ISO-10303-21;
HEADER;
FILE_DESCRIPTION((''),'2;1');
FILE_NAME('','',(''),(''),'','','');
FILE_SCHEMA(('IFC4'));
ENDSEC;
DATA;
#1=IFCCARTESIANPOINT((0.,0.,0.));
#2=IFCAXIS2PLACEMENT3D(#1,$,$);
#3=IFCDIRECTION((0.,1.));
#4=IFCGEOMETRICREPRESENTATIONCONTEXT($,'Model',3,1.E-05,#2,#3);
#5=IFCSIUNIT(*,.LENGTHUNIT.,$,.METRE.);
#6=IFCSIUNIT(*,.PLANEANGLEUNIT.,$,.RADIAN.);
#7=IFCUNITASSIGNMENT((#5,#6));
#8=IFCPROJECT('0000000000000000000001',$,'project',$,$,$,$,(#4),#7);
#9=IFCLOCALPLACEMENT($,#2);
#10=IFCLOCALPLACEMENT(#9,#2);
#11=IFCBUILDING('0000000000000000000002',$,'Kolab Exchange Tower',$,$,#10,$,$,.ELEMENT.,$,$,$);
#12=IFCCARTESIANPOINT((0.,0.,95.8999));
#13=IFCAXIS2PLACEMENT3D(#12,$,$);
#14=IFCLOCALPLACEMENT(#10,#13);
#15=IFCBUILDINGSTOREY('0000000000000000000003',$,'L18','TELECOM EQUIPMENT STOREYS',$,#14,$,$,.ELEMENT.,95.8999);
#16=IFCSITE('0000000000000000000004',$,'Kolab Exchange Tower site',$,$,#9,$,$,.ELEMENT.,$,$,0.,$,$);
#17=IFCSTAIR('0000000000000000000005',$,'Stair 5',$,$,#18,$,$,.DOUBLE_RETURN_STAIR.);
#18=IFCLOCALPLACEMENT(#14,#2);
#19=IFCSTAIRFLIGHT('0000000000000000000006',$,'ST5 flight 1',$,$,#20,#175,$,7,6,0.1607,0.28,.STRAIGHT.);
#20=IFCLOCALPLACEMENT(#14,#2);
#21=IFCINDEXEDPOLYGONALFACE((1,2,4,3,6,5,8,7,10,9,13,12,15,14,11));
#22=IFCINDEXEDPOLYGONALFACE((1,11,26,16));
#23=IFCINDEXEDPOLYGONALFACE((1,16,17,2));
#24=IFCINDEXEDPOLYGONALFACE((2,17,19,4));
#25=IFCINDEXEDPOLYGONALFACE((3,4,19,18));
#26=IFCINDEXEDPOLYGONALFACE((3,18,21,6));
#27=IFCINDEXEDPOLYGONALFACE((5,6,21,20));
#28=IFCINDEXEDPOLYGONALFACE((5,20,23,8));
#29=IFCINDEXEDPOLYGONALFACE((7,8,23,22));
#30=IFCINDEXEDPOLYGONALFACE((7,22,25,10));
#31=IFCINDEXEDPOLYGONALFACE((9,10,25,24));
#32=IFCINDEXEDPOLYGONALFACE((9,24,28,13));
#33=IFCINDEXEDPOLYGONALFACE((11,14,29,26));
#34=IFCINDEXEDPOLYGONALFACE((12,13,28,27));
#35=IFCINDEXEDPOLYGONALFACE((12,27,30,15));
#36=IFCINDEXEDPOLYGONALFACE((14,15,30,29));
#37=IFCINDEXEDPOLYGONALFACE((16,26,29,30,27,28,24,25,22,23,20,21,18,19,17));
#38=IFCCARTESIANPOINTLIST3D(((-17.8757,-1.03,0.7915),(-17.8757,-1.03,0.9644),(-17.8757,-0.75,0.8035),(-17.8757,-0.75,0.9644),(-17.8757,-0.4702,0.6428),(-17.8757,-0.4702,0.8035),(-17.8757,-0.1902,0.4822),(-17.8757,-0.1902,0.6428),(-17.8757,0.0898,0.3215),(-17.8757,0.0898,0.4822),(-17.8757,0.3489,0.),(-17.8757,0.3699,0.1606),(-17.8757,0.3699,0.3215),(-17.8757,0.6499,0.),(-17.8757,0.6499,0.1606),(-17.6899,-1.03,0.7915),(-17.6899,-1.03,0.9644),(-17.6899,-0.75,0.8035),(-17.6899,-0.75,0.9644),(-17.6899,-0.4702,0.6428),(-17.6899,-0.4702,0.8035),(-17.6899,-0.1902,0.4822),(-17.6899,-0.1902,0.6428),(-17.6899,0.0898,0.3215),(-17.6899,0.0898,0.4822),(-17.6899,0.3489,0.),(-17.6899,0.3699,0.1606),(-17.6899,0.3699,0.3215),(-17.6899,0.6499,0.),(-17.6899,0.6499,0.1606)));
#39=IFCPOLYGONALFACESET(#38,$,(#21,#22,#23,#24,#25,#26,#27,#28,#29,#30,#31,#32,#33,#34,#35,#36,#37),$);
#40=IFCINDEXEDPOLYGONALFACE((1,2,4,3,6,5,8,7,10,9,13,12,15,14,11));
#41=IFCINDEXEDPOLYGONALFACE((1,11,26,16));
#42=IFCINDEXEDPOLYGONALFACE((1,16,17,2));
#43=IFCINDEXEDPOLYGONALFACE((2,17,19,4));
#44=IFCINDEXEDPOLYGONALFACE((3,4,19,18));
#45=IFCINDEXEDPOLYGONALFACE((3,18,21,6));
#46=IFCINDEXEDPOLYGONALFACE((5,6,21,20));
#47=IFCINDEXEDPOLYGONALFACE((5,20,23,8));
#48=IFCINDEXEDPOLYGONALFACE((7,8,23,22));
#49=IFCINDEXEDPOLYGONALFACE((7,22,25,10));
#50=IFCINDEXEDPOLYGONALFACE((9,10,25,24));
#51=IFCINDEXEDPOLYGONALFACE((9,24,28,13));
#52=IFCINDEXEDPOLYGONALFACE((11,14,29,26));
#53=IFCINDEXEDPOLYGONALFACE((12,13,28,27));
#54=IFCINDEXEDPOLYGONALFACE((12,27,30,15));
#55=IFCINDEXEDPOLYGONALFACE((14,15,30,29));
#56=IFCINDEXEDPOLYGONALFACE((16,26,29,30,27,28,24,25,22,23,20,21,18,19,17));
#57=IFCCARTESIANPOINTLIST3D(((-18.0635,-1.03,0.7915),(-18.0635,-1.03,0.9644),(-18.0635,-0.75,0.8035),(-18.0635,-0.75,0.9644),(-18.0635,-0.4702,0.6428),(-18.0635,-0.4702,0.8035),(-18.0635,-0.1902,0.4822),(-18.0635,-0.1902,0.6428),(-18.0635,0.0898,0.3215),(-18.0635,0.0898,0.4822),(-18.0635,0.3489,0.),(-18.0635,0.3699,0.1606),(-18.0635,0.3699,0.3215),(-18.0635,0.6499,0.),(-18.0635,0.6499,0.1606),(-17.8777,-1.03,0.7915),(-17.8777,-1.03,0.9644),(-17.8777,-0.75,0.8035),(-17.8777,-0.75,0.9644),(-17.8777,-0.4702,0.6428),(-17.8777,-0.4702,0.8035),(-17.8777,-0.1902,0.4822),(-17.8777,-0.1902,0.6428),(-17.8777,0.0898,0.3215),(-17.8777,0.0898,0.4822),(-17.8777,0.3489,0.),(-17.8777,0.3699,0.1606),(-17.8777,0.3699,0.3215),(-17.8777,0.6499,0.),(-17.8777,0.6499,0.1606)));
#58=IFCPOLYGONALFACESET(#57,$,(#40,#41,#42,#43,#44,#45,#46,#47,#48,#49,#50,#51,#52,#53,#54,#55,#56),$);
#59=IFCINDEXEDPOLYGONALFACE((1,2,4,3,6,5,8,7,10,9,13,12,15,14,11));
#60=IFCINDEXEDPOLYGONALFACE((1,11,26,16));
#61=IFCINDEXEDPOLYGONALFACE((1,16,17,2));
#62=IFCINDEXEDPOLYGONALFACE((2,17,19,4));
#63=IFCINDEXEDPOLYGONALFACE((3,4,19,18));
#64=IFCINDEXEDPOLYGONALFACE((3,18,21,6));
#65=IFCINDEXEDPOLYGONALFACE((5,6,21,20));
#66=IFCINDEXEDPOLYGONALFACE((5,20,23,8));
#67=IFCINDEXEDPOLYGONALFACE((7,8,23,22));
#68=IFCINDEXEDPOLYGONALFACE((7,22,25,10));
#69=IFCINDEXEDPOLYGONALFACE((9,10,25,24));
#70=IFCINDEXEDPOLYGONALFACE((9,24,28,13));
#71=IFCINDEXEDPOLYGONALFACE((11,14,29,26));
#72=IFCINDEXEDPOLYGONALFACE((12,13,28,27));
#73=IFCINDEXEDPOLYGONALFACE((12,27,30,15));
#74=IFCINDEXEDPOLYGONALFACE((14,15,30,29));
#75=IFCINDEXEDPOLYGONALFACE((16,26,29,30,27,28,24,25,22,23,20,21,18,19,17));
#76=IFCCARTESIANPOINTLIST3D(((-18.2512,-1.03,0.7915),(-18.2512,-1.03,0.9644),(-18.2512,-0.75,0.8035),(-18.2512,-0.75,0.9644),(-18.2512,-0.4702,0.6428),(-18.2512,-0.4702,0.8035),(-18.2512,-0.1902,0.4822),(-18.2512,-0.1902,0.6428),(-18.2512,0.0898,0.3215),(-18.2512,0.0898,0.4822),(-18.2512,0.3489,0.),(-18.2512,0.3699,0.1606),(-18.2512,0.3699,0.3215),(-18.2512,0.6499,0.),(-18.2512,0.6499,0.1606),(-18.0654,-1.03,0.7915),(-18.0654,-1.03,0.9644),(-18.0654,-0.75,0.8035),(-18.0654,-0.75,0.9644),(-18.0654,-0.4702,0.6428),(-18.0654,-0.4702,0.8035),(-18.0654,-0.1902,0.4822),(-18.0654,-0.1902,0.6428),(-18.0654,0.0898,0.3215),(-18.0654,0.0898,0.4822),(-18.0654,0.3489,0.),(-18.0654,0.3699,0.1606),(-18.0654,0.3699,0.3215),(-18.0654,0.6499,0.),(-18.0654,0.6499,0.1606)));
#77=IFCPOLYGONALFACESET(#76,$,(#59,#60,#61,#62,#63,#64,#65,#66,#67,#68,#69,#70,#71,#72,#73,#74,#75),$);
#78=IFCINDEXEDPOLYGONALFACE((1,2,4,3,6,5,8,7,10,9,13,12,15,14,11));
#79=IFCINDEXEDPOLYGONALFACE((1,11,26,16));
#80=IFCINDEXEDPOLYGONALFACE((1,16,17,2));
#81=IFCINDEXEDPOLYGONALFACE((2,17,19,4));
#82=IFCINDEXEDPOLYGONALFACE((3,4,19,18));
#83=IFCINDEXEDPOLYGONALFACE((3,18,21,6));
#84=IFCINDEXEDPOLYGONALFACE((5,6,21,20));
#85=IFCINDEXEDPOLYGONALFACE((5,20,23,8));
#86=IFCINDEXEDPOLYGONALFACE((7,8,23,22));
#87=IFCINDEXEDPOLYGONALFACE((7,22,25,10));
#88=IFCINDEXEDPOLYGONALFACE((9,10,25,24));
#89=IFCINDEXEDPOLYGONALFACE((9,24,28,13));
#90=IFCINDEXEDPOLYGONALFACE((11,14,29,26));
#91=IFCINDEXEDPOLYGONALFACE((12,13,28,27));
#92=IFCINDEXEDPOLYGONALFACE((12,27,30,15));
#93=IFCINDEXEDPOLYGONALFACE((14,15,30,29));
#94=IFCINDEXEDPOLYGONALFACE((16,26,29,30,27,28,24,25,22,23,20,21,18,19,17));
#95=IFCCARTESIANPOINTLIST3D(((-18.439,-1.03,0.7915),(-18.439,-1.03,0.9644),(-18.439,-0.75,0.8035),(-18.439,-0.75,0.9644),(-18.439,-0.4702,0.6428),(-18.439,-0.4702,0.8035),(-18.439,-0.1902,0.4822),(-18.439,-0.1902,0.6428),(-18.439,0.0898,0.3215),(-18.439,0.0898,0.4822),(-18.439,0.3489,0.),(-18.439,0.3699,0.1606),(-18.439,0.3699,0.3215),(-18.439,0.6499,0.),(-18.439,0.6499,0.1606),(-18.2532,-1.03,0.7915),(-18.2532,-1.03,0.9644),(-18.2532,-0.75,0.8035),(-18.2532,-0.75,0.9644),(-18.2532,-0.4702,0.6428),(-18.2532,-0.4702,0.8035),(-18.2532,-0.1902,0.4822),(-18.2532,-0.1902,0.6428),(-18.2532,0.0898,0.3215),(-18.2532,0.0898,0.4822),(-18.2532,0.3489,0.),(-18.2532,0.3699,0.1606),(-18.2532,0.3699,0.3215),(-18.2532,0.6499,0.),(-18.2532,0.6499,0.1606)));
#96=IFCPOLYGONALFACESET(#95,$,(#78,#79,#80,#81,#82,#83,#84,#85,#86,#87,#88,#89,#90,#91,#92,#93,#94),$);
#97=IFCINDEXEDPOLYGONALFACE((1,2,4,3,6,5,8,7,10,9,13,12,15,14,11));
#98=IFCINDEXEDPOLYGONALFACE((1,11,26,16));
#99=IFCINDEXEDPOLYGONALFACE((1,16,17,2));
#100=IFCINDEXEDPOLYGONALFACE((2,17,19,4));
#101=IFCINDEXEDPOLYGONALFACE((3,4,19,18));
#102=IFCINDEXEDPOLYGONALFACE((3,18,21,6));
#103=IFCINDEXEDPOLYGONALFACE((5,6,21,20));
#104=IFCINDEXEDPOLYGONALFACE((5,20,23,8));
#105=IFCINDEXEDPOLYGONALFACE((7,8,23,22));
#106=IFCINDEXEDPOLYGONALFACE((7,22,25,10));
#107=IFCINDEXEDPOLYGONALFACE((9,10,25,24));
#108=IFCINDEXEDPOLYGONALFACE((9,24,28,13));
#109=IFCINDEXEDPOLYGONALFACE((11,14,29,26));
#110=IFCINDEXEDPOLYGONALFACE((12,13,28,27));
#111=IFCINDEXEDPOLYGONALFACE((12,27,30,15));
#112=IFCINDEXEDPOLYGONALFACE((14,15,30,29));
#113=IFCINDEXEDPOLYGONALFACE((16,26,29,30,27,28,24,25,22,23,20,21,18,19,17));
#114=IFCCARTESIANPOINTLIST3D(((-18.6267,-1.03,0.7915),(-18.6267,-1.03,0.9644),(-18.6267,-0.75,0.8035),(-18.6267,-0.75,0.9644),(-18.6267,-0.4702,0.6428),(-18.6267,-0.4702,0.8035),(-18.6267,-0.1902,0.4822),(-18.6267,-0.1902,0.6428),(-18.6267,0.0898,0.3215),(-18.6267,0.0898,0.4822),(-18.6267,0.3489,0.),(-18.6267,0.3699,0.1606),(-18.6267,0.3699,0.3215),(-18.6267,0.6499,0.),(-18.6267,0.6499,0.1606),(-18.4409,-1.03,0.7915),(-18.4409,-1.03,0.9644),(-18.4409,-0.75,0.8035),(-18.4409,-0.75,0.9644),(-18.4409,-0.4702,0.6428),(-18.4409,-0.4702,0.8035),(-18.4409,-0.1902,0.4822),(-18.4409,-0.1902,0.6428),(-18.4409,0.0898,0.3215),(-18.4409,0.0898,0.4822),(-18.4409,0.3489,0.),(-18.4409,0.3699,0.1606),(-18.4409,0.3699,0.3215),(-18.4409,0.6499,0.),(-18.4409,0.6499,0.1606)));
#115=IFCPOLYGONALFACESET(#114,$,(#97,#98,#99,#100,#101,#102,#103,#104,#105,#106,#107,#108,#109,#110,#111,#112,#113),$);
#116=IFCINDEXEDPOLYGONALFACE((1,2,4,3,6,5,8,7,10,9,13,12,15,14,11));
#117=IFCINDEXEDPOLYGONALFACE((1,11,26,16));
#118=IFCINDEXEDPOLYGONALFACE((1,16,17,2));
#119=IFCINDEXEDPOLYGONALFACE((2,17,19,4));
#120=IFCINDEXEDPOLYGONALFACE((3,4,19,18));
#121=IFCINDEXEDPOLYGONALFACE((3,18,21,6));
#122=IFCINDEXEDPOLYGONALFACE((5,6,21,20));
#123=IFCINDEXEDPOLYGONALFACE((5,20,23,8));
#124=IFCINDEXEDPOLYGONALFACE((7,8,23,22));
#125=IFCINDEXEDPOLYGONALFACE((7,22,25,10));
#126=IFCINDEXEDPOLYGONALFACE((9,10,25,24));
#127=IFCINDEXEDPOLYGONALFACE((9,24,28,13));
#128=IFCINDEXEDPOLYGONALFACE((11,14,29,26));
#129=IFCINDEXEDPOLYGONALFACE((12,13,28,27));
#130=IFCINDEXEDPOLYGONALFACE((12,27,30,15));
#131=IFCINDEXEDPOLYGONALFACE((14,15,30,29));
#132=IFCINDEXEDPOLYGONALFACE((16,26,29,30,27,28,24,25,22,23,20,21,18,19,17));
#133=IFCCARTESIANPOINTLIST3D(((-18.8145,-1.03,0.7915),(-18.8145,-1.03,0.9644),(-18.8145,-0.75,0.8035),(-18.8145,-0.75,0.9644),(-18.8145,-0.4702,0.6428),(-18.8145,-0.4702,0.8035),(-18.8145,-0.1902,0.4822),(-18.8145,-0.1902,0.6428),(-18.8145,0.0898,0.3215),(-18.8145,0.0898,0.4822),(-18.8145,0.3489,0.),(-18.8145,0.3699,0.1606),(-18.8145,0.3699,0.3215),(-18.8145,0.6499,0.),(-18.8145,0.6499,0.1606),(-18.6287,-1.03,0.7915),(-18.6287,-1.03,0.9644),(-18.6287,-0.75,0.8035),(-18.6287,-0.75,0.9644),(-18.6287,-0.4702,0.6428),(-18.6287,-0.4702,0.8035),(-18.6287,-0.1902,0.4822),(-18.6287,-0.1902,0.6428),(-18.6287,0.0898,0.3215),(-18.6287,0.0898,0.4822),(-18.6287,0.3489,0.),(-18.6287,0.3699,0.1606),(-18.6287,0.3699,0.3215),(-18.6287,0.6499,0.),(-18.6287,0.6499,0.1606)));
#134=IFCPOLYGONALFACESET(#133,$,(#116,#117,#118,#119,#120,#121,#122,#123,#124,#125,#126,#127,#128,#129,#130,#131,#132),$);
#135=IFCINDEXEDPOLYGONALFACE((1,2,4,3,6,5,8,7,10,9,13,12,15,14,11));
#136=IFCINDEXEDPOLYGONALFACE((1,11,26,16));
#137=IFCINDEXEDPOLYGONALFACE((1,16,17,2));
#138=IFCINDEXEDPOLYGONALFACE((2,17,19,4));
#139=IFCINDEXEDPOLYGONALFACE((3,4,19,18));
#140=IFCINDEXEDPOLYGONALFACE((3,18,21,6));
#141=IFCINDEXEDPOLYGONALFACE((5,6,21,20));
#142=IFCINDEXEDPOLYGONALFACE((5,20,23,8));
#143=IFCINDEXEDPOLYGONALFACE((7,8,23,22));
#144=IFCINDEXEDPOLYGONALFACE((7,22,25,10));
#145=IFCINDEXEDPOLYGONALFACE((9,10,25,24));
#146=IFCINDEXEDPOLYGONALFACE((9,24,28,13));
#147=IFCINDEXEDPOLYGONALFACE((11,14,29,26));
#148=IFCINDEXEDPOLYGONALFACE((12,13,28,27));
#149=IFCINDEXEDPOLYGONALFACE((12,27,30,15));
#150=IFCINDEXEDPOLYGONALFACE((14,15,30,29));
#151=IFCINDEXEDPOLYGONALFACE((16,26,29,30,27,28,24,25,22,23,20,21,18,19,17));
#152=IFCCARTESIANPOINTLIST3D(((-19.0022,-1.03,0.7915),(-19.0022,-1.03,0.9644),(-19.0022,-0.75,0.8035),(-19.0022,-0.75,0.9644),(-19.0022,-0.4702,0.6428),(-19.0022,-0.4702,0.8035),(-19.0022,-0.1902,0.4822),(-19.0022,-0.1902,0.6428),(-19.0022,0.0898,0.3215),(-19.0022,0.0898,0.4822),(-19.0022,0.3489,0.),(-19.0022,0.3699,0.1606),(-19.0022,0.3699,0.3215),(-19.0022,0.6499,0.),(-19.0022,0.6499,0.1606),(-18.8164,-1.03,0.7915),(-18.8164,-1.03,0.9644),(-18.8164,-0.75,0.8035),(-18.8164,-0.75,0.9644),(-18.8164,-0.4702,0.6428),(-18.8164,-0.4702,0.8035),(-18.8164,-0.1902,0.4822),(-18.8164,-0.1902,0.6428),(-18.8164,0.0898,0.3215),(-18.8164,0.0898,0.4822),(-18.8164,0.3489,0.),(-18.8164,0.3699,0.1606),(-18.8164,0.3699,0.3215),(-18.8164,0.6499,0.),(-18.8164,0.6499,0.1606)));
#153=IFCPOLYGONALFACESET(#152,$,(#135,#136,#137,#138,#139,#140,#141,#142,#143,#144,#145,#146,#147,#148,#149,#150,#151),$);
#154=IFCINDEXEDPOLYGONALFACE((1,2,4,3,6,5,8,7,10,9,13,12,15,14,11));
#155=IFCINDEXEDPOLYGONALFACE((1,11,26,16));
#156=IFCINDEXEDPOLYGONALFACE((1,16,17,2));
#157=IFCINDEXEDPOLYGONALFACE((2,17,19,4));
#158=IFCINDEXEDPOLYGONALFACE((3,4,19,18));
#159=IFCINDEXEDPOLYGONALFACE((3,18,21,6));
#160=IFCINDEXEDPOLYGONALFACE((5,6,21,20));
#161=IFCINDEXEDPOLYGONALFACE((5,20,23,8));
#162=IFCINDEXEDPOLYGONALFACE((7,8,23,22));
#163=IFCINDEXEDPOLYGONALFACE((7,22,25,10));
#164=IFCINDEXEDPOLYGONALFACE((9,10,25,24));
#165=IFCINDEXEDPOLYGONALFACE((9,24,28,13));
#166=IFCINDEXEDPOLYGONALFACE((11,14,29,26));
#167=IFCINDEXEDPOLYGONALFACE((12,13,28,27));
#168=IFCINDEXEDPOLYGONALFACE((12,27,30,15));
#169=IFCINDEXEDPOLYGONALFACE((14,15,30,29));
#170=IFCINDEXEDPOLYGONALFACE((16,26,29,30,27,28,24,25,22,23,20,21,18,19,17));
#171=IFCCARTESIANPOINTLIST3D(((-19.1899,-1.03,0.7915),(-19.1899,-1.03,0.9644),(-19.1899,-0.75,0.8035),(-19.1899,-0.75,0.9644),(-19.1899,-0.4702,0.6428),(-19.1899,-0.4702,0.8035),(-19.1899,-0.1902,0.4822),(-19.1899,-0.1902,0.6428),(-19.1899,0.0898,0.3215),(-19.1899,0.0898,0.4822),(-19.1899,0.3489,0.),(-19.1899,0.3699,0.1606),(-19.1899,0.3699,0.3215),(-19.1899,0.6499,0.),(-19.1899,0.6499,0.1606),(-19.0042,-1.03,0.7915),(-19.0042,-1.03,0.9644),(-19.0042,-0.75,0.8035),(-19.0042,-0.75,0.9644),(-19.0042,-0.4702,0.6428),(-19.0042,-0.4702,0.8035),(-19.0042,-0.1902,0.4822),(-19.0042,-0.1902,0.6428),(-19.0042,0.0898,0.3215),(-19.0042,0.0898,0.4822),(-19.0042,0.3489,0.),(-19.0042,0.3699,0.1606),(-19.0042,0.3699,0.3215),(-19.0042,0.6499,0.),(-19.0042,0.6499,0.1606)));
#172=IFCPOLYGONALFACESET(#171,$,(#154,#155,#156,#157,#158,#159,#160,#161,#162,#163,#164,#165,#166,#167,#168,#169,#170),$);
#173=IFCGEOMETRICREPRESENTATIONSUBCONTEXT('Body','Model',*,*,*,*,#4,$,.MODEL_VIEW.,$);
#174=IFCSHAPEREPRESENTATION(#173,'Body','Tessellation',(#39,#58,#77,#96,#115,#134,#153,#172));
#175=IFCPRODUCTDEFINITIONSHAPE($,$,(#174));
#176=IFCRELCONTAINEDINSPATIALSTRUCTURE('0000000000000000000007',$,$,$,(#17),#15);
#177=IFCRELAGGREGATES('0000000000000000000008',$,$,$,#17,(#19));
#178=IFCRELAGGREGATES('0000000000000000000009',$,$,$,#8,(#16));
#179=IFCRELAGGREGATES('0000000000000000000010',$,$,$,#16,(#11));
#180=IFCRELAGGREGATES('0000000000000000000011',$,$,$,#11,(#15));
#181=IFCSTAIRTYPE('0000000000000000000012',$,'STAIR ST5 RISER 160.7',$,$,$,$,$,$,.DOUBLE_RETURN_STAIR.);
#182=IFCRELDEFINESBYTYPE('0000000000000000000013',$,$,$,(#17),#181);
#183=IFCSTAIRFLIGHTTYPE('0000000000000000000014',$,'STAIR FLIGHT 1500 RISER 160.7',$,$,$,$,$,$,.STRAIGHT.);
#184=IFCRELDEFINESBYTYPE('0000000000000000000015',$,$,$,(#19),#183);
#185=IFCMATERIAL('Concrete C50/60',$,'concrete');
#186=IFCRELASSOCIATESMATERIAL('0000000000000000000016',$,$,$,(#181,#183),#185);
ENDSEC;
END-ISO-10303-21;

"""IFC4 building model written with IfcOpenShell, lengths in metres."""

from ifc_helpers import new_model, si_unit, direction, frame, origin, place, context, subcontext, project, spatial, polyline, outline, extrude, material, type_object, element, aggregate, save


model = new_model("IFC4")

# Units and contexts
model_context = context("Model", 3, precision=1e-05, world=origin(), true_north=direction((0.0, 1.0)))
body_context = subcontext(model_context, "Body", "Model", "MODEL_VIEW")
ifc_project = project(units=[si_unit("LENGTHUNIT", "METRE"), si_unit("PLANEANGLEUNIT", "RADIAN")], contexts=[model_context])

# Site, building, storey
site_placement = place(None, origin())
site = spatial("IfcSite", under=ifc_project, at=site_placement, Name="Kolab Exchange Tower site", CompositionType="ELEMENT", RefElevation=0.0)
building_placement = place(site_placement, origin())
building = spatial("IfcBuilding", under=site, at=building_placement, Name="Kolab Exchange Tower", CompositionType="ELEMENT")
storey_placement = place(building_placement, frame((0.0, 0.0, 95.8999)))
storey = spatial("IfcBuildingStorey", under=building, at=storey_placement, Name="L18", Description="TELECOM EQUIPMENT STOREYS", CompositionType="ELEMENT", Elevation=95.8999)

# Shared definitions
ifc_material_1 = material(Name="Concrete C50/60", Category="concrete")

# Stair, stair flight
stair_type = type_object("IfcStairType", Name="STAIR ST5 RISER 160.7", PredefinedType="DOUBLE_RETURN_STAIR", material=ifc_material_1)
stair_placement = place(storey_placement, origin())
stair = element("IfcStair", 1, at=stair_placement, inside=storey, type_object=stair_type, Name="Stair 5", PredefinedType="DOUBLE_RETURN_STAIR")
stair_flight_type = type_object("IfcStairFlightType", Name="STAIR FLIGHT 1500 RISER 160.7", PredefinedType="STRAIGHT", material=ifc_material_1)
stair_flight_1_placement = place(storey_placement, frame((-18.4399, 0.6499, 0.0), z_axis=(0.0, 0.0, 1.0), x_axis=(0.0, -1.0, 0.0)))
stair_flight_1 = element("IfcStairFlight", 2, at=stair_flight_1_placement, type_object=stair_flight_type, Name="ST5 flight 1", NumberOfRisers=7, NumberOfTreads=6, PredefinedType="STRAIGHT", RiserHeight=0.1607, TreadLength=0.28, context=body_context, shape_type="SweptSolid", body=[
    extrude(outline(polyline([(0.0, 0.0), (0.0, 0.1606), (0.28, 0.1606), (0.28, 0.3215), (0.5601, 0.3215), (0.5601, 0.4822), (0.8401, 0.4822), (0.8401, 0.6428), (1.1201, 0.6428), (1.1201, 0.8035), (1.3999, 0.8035), (1.3999, 0.9644), (1.6799, 0.9644), (1.6799, 1.125), (1.6799, 0.7915), (0.301, 0.0), (0.0, 0.0)])), frame((0.0, 0.75, 0.0), z_axis=(0.0, -1.0, 0.0), x_axis=(1.0, 0.0, 0.0)), (0.0, 0.0, 1.0), 0.1858),
    extrude(outline(polyline([(0.0, 0.0), (0.0, 0.1606), (0.28, 0.1606), (0.28, 0.3215), (0.5601, 0.3215), (0.5601, 0.4822), (0.8401, 0.4822), (0.8401, 0.6428), (1.1201, 0.6428), (1.1201, 0.8035), (1.3999, 0.8035), (1.3999, 0.9644), (1.6799, 0.9644), (1.6799, 1.125), (1.6799, 0.7915), (0.301, 0.0), (0.0, 0.0)])), frame((0.0, 0.5623, 0.0), z_axis=(0.0, -1.0, 0.0), x_axis=(1.0, 0.0, 0.0)), (0.0, 0.0, 1.0), 0.1858),
    extrude(outline(polyline([(0.0, 0.0), (0.0, 0.1606), (0.28, 0.1606), (0.28, 0.3215), (0.5601, 0.3215), (0.5601, 0.4822), (0.8401, 0.4822), (0.8401, 0.6428), (1.1201, 0.6428), (1.1201, 0.8035), (1.3999, 0.8035), (1.3999, 0.9644), (1.6799, 0.9644), (1.6799, 1.125), (1.6799, 0.7915), (0.301, 0.0), (0.0, 0.0)])), frame((0.0, 0.3745, 0.0), z_axis=(0.0, -1.0, 0.0), x_axis=(1.0, 0.0, 0.0)), (0.0, 0.0, 1.0), 0.1858),
    extrude(outline(polyline([(0.0, 0.0), (0.0, 0.1606), (0.28, 0.1606), (0.28, 0.3215), (0.5601, 0.3215), (0.5601, 0.4822), (0.8401, 0.4822), (0.8401, 0.6428), (1.1201, 0.6428), (1.1201, 0.8035), (1.3999, 0.8035), (1.3999, 0.9644), (1.6799, 0.9644), (1.6799, 1.125), (1.6799, 0.7915), (0.301, 0.0), (0.0, 0.0)])), frame((0.0, 0.1868, 0.0), z_axis=(0.0, -1.0, 0.0), x_axis=(1.0, 0.0, 0.0)), (0.0, 0.0, 1.0), 0.1858),
    extrude(outline(polyline([(0.0, 0.0), (0.0, 0.1606), (0.28, 0.1606), (0.28, 0.3215), (0.5601, 0.3215), (0.5601, 0.4822), (0.8401, 0.4822), (0.8401, 0.6428), (1.1201, 0.6428), (1.1201, 0.8035), (1.3999, 0.8035), (1.3999, 0.9644), (1.6799, 0.9644), (1.6799, 1.125), (1.6799, 0.7915), (0.301, 0.0), (0.0, 0.0)])), frame((0.0, -0.001, 0.0), z_axis=(0.0, -1.0, 0.0), x_axis=(1.0, 0.0, 0.0)), (0.0, 0.0, 1.0), 0.1858),
    extrude(outline(polyline([(0.0, 0.0), (0.0, 0.1606), (0.28, 0.1606), (0.28, 0.3215), (0.5601, 0.3215), (0.5601, 0.4822), (0.8401, 0.4822), (0.8401, 0.6428), (1.1201, 0.6428), (1.1201, 0.8035), (1.3999, 0.8035), (1.3999, 0.9644), (1.6799, 0.9644), (1.6799, 1.125), (1.6799, 0.7915), (0.301, 0.0), (0.0, 0.0)])), frame((0.0, -0.1887, 0.0), z_axis=(0.0, -1.0, 0.0), x_axis=(1.0, 0.0, 0.0)), (0.0, 0.0, 1.0), 0.1858),
    extrude(outline(polyline([(0.0, 0.0), (0.0, 0.1606), (0.28, 0.1606), (0.28, 0.3215), (0.5601, 0.3215), (0.5601, 0.4822), (0.8401, 0.4822), (0.8401, 0.6428), (1.1201, 0.6428), (1.1201, 0.8035), (1.3999, 0.8035), (1.3999, 0.9644), (1.6799, 0.9644), (1.6799, 1.125), (1.6799, 0.7915), (0.301, 0.0), (0.0, 0.0)])), frame((0.0, -0.3765, 0.0), z_axis=(0.0, -1.0, 0.0), x_axis=(1.0, 0.0, 0.0)), (0.0, 0.0, 1.0), 0.1858),
    extrude(outline(polyline([(0.0, 0.0), (0.0, 0.1606), (0.28, 0.1606), (0.28, 0.3215), (0.5601, 0.3215), (0.5601, 0.4822), (0.8401, 0.4822), (0.8401, 0.6428), (1.1201, 0.6428), (1.1201, 0.8035), (1.3999, 0.8035), (1.3999, 0.9644), (1.6799, 0.9644), (1.6799, 1.125), (1.6799, 0.7915), (0.301, 0.0), (0.0, 0.0)])), frame((0.0, -0.5642, 0.0), z_axis=(0.0, -1.0, 0.0), x_axis=(1.0, 0.0, 0.0)), (0.0, 0.0, 1.0), 0.1858),
])
aggregate(stair, [stair_flight_1])

save(model, "model.ifc")
